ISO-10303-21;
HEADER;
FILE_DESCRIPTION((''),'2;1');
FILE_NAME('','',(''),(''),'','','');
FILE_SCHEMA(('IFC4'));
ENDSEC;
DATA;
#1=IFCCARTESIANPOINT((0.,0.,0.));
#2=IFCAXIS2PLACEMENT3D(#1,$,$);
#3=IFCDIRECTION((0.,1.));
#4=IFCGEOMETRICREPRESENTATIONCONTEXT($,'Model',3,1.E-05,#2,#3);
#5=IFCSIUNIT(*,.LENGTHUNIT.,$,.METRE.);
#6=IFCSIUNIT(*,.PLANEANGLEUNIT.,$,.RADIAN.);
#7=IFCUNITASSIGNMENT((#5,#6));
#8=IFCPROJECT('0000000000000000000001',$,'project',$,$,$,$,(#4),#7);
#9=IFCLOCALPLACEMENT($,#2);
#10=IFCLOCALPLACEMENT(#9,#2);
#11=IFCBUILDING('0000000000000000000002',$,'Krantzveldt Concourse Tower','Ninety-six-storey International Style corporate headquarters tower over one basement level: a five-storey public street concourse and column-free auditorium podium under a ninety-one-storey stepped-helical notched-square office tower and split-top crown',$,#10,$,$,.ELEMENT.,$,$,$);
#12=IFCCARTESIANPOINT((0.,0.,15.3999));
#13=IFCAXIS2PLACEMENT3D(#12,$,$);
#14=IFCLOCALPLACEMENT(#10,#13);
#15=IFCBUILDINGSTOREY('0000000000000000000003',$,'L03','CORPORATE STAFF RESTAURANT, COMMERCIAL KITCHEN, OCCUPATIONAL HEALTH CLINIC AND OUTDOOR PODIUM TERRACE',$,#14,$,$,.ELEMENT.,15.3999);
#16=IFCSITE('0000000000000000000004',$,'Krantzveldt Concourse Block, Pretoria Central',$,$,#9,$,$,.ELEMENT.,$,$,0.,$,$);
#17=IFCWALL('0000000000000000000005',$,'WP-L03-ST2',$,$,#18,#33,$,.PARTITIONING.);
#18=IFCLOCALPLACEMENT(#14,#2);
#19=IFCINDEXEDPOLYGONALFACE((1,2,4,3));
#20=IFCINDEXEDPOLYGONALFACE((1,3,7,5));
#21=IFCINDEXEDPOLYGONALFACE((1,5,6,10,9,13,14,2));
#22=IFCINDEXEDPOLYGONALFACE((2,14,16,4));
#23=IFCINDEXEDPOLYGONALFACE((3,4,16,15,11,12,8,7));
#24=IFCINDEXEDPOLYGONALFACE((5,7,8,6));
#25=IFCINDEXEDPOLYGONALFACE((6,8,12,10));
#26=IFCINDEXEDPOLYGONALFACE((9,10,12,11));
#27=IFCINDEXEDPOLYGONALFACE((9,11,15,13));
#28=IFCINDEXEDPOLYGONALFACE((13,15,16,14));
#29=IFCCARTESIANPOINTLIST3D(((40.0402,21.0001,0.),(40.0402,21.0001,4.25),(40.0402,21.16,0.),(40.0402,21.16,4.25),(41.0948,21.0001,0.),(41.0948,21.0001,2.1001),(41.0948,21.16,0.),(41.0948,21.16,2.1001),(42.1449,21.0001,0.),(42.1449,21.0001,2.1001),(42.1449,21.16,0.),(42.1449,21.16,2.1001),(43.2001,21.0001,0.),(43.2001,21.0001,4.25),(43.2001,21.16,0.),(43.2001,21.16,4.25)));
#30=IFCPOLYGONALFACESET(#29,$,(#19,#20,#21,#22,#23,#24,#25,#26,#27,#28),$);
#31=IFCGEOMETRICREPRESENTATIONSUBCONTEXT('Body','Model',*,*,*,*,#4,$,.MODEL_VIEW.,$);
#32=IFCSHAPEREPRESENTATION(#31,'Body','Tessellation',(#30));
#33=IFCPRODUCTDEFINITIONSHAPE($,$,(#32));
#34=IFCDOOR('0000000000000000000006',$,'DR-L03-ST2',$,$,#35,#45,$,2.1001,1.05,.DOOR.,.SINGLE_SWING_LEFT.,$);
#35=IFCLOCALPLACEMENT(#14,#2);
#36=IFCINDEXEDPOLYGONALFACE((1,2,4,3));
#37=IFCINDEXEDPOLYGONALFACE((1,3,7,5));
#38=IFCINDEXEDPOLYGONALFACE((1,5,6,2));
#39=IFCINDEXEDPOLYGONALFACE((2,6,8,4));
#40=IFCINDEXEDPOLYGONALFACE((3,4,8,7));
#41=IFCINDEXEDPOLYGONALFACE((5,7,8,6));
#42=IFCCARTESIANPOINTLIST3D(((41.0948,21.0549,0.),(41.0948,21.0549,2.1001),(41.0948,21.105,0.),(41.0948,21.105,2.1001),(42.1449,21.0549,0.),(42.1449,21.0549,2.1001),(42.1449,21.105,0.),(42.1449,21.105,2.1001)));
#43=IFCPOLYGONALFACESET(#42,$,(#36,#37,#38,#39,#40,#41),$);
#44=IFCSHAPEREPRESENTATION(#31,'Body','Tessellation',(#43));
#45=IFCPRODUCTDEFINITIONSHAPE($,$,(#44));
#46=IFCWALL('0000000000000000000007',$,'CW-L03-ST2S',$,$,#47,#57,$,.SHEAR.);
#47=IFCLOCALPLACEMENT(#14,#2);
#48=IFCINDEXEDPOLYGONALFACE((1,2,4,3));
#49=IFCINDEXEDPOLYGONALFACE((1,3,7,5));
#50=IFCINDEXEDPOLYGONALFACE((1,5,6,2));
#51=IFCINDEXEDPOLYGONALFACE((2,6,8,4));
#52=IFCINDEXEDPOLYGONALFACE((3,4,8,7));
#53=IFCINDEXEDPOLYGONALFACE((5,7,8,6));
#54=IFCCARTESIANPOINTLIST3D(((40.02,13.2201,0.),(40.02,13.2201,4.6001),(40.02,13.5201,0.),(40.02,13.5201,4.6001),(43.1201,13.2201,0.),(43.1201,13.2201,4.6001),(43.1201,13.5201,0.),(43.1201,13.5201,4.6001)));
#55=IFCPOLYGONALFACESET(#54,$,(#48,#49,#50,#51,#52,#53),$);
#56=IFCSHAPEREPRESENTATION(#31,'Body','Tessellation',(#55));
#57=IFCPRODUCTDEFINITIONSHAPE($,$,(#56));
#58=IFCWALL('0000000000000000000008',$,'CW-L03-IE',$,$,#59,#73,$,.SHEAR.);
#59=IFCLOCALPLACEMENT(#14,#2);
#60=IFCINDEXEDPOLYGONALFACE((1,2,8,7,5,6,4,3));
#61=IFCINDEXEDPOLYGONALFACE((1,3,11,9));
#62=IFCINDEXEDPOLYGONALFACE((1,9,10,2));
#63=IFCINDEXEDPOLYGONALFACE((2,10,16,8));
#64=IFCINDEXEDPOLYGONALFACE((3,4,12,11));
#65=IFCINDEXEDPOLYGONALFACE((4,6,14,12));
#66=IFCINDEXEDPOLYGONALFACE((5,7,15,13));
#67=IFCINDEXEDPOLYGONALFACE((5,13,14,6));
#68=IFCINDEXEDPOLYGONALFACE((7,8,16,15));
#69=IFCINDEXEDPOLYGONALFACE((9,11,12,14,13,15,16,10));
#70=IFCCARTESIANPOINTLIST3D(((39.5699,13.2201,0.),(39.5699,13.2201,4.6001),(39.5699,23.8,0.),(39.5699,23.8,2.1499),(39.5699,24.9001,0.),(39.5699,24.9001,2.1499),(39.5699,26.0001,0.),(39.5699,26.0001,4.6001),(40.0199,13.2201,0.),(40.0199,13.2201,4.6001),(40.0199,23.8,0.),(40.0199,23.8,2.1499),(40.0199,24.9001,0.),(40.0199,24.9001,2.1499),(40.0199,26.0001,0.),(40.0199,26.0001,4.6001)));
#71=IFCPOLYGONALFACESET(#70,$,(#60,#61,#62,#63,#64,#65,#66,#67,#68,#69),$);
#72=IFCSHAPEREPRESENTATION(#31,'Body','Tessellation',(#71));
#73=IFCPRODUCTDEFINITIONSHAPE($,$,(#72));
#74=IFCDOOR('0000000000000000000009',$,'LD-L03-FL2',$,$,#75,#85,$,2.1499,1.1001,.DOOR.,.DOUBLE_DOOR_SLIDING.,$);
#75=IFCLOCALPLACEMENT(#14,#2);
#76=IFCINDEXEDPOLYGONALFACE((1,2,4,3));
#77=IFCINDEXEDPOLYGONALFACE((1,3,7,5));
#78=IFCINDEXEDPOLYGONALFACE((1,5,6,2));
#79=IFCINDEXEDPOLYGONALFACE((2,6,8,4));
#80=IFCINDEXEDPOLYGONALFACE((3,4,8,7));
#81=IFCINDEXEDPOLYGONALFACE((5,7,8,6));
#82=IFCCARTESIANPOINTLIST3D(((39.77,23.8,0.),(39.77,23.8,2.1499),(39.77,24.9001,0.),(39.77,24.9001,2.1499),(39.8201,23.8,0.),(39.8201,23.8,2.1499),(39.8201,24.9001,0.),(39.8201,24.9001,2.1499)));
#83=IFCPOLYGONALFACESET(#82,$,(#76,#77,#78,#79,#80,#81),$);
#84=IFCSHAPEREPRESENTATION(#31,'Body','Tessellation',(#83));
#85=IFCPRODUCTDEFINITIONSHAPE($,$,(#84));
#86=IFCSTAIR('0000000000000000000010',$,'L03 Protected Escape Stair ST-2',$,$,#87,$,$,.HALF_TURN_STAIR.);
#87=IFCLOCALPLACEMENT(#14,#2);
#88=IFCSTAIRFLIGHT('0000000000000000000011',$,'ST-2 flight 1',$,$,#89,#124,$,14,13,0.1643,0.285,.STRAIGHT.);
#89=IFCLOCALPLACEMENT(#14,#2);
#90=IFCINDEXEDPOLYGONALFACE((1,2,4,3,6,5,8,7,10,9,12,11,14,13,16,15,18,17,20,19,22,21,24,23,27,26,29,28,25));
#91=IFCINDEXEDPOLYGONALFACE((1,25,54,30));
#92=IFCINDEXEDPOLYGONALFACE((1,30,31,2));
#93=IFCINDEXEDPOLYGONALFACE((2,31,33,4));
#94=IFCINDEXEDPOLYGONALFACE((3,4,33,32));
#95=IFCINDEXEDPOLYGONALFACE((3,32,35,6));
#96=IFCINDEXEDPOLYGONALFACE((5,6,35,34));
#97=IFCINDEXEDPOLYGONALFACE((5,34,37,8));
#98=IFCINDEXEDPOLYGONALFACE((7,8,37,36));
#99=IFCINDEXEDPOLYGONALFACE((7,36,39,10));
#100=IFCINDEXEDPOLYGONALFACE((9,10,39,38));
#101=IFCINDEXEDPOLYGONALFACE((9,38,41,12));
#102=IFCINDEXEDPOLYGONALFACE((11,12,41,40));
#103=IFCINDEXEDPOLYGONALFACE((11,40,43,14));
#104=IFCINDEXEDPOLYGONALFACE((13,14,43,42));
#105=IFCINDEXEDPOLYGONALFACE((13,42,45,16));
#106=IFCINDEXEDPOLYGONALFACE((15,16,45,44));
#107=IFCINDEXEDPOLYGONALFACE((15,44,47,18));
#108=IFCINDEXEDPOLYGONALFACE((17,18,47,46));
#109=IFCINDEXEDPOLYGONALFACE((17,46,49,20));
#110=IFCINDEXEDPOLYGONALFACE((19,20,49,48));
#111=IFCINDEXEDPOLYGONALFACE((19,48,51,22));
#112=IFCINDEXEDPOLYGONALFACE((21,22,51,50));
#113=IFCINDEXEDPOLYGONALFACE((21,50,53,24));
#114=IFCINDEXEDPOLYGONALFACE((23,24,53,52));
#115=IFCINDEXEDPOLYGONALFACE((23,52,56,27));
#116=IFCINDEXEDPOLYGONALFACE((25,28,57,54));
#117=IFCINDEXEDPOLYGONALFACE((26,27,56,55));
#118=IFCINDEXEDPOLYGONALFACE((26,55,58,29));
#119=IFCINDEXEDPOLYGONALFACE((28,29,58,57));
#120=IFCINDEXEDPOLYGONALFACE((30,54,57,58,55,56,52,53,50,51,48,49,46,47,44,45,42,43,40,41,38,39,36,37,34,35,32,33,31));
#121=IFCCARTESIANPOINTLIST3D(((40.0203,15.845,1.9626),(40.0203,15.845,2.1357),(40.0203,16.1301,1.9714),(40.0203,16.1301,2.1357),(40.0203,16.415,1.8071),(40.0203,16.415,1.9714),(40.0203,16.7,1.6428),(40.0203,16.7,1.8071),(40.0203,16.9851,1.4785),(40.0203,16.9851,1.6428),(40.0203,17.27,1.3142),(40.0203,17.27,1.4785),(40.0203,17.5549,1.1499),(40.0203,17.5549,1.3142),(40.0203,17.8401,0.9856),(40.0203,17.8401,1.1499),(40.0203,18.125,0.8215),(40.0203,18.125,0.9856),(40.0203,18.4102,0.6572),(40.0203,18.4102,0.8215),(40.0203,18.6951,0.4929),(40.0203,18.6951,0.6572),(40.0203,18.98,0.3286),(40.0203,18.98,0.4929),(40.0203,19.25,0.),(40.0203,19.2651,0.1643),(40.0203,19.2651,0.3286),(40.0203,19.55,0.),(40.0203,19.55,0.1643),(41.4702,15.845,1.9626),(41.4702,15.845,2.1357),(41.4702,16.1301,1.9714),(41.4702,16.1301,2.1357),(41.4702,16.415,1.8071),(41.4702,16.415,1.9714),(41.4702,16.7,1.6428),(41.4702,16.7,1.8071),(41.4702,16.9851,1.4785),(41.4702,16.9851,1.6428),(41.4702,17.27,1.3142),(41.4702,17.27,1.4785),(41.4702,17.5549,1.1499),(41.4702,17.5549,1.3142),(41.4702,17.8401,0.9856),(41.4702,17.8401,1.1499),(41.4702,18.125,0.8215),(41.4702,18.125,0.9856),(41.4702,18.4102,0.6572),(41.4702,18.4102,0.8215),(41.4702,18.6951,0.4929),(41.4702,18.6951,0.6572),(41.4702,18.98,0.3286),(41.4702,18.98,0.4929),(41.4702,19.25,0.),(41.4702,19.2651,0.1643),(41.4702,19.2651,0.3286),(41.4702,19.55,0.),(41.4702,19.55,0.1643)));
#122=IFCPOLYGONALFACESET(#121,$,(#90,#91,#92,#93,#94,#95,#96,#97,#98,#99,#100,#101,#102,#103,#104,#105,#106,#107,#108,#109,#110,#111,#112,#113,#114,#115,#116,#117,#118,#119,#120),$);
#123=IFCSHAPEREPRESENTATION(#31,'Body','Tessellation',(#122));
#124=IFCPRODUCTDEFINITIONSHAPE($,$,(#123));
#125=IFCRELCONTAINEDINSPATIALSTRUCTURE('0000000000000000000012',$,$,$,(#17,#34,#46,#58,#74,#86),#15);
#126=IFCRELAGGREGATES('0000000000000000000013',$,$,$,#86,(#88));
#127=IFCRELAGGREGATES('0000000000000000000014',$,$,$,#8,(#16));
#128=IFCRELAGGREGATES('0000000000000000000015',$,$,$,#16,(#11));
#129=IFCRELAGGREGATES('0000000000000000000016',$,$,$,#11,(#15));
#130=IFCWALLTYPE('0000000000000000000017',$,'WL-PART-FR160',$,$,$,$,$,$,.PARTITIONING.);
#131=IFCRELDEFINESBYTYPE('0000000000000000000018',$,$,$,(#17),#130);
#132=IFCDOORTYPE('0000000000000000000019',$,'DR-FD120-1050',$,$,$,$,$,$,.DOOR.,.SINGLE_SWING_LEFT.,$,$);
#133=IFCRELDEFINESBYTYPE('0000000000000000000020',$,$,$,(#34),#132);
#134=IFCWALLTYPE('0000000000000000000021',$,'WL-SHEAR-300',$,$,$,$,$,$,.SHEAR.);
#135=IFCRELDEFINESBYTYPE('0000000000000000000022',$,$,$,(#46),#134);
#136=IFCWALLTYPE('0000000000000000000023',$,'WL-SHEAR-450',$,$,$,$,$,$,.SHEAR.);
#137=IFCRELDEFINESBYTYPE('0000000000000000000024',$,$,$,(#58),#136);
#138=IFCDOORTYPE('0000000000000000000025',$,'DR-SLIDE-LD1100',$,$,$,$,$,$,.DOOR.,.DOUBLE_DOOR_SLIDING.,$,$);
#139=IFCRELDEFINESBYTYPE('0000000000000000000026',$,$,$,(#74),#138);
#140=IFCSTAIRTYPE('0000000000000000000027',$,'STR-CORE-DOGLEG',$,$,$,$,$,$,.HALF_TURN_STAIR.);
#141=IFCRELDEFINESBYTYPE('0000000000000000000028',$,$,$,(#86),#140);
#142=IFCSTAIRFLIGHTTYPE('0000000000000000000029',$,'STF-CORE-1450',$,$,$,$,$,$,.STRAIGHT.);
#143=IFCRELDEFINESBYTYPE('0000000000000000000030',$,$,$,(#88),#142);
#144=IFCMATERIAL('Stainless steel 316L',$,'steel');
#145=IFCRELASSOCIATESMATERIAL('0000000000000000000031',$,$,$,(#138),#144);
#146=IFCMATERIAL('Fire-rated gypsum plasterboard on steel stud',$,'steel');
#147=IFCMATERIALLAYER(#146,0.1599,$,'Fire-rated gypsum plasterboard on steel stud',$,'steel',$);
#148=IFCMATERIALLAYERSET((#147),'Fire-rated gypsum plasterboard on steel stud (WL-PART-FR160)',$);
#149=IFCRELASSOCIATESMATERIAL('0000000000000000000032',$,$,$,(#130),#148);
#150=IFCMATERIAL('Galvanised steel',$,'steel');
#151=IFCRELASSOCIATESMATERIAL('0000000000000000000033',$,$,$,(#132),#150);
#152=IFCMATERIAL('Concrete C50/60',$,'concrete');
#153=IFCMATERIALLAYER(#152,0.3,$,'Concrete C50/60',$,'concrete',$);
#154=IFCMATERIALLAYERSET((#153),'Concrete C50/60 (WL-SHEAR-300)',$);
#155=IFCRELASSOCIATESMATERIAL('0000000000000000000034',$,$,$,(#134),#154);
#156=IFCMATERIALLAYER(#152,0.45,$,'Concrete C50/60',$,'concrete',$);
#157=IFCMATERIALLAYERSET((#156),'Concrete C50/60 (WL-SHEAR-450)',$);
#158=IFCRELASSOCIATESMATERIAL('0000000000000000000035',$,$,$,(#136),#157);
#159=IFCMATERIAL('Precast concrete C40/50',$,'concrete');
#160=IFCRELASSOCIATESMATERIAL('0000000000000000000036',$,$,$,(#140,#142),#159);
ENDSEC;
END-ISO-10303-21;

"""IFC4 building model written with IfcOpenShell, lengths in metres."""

from ifc_helpers import new_model, si_unit, direction, frame, frame_2d, origin, place, context, subcontext, project, spatial, polyline, rectangle, outline, extrude, material, layer, layer_set, type_object, element, fill, aggregate, save


model = new_model("IFC4")

# Units and contexts
model_context = context("Model", 3, precision=1e-05, world=origin(), true_north=direction((0.0, 1.0)))
body_context = subcontext(model_context, "Body", "Model", "MODEL_VIEW")
ifc_project = project(units=[si_unit("LENGTHUNIT", "METRE"), si_unit("PLANEANGLEUNIT", "RADIAN")], contexts=[model_context])

# Site, building, storey
site_placement = place(None, origin())
site = spatial("IfcSite", under=ifc_project, at=site_placement, Name="Krantzveldt Concourse Block, Pretoria Central", CompositionType="ELEMENT", RefElevation=0.0)
building_placement = place(site_placement, origin())
building = spatial("IfcBuilding", under=site, at=building_placement, Name="Krantzveldt Concourse Tower", Description="Ninety-six-storey International Style corporate headquarters tower over one basement level: a five-storey public street concourse and column-free auditorium podium under a ninety-one-storey stepped-helical notched-square office tower and split-top crown", CompositionType="ELEMENT")
storey_placement = place(building_placement, frame((0.0, 0.0, 15.3999)))
storey = spatial("IfcBuildingStorey", under=building, at=storey_placement, Name="L03", Description="CORPORATE STAFF RESTAURANT, COMMERCIAL KITCHEN, OCCUPATIONAL HEALTH CLINIC AND OUTDOOR PODIUM TERRACE", CompositionType="ELEMENT", Elevation=15.3999)

# Shared definitions
ifc_material_1 = material(Name="Fire-rated gypsum plasterboard on steel stud", Category="steel")
ifc_material_2 = material(Name="Stainless steel 316L", Category="steel")
door_type_1 = type_object("IfcDoorType", Name="DR-SLIDE-LD1100", OperationType="DOUBLE_DOOR_SLIDING", PredefinedType="DOOR", material=ifc_material_2)

# Wall, opening, door
ifc_layer_1 = layer(ifc_material_1, 0.1599, Name="Fire-rated gypsum plasterboard on steel stud", Category="steel")
ifc_layer_set_1 = layer_set([ifc_layer_1], Name="Fire-rated gypsum plasterboard on steel stud (WL-PART-FR160)")
wall_type_1 = type_object("IfcWallType", Name="WL-PART-FR160", PredefinedType="PARTITIONING", material=ifc_layer_set_1)
wall_1_placement = place(storey_placement, frame((40.04, 21.0801, 0.0), z_axis=(0.0, 0.0, 1.0), x_axis=(1.0, 0.0, 0.0)))
wall_1 = element("IfcWall", 1, at=wall_1_placement, inside=storey, type_object=wall_type_1, Name="WP-L03-ST2", PredefinedType="PARTITIONING", context=body_context, shape_type="SweptSolid", body=[
    extrude(rectangle(XDim=3.1599, YDim=0.1599, at=frame_2d((1.5801, 0.0))), origin(), (0.0, 0.0, 1.0), 4.25),
])
opening_1_placement = place(wall_1_placement, frame((1.0549, 0.0, 0.0)))
opening_1 = element("IfcOpeningElement", 2, at=opening_1_placement, cuts=wall_1, PredefinedType="OPENING", context=body_context, shape_type="SweptSolid", body=[
    extrude(rectangle(XDim=1.05, YDim=2.1001, at=frame_2d((0.5249, 1.05))), frame((0.0, 0.0898, 0.0), z_axis=(0.0, -1.0, 0.0), x_axis=(1.0, 0.0, 0.0)), (0.0, 0.0, 1.0), 0.1799),
])
ifc_material_3 = material(Name="Galvanised steel", Category="steel")
door_type_2 = type_object("IfcDoorType", Name="DR-FD120-1050", OperationType="SINGLE_SWING_LEFT", PredefinedType="DOOR", material=ifc_material_3)
door_1_placement = place(opening_1_placement, origin())
door_1 = element("IfcDoor", 3, at=door_1_placement, inside=storey, type_object=door_type_2, Name="DR-L03-ST2", OperationType="SINGLE_SWING_LEFT", OverallHeight=2.1001, OverallWidth=1.05, PredefinedType="DOOR", context=body_context, shape_type="SweptSolid", body=[
    extrude(rectangle(XDim=1.05, YDim=2.1001, at=frame_2d((0.5249, 1.05))), frame((0.0, 0.0249, 0.0), z_axis=(0.0, -1.0, 0.0), x_axis=(1.0, 0.0, 0.0)), (0.0, 0.0, 1.0), 0.05),
])
fill(opening_1, door_1)

# Wall
ifc_material_4 = material(Name="Concrete C50/60", Category="concrete")
ifc_layer_2 = layer(ifc_material_4, 0.3, Name="Concrete C50/60", Category="concrete")
ifc_layer_set_2 = layer_set([ifc_layer_2], Name="Concrete C50/60 (WL-SHEAR-300)")
wall_type_2 = type_object("IfcWallType", Name="WL-SHEAR-300", PredefinedType="SHEAR", material=ifc_layer_set_2)
wall_2_placement = place(storey_placement, frame((40.02, 13.3701, 0.0), z_axis=(0.0, 0.0, 1.0), x_axis=(1.0, 0.0, 0.0)))
element("IfcWall", 4, at=wall_2_placement, inside=storey, type_object=wall_type_2, Name="CW-L03-ST2S", PredefinedType="SHEAR", context=body_context, shape_type="SweptSolid", body=[
    extrude(rectangle(XDim=3.1001, YDim=0.3, at=frame_2d((1.55, 0.0))), origin(), (0.0, 0.0, 1.0), 4.6001),
])

# Wall, opening, door
ifc_layer_3 = layer(ifc_material_4, 0.45, Name="Concrete C50/60", Category="concrete")
ifc_layer_set_3 = layer_set([ifc_layer_3], Name="Concrete C50/60 (WL-SHEAR-450)")
wall_type_3 = type_object("IfcWallType", Name="WL-SHEAR-450", PredefinedType="SHEAR", material=ifc_layer_set_3)
wall_3_placement = place(storey_placement, frame((39.7949, 13.22, 0.0), z_axis=(0.0, 0.0, 1.0), x_axis=(0.0, 1.0, 0.0)))
wall_3 = element("IfcWall", 5, at=wall_3_placement, inside=storey, type_object=wall_type_3, Name="CW-L03-IE", PredefinedType="SHEAR", context=body_context, shape_type="SweptSolid", body=[
    extrude(rectangle(XDim=12.78, YDim=0.45, at=frame_2d((6.3901, 0.0))), origin(), (0.0, 0.0, 1.0), 4.6001),
])
opening_2_placement = place(wall_3_placement, frame((10.5801, 0.0, 0.0)))
opening_2 = element("IfcOpeningElement", 6, at=opening_2_placement, cuts=wall_3, PredefinedType="OPENING", context=body_context, shape_type="SweptSolid", body=[
    extrude(rectangle(XDim=1.1001, YDim=2.1499, at=frame_2d((0.55, 1.075))), frame((0.0, 0.2349, 0.0), z_axis=(0.0, -1.0, 0.0), x_axis=(1.0, 0.0, 0.0)), (0.0, 0.0, 1.0), 0.47),
])
door_2_placement = place(opening_2_placement, origin())
door_2 = element("IfcDoor", 7, at=door_2_placement, inside=storey, type_object=door_type_1, Name="LD-L03-FL2", OperationType="DOUBLE_DOOR_SLIDING", OverallHeight=2.1499, OverallWidth=1.1001, PredefinedType="DOOR", context=body_context, shape_type="SweptSolid", body=[
    extrude(rectangle(XDim=1.1001, YDim=2.1499, at=frame_2d((0.55, 1.075))), frame((0.0, 0.0249, 0.0), z_axis=(0.0, -1.0, 0.0), x_axis=(1.0, 0.0, 0.0)), (0.0, 0.0, 1.0), 0.05),
])
fill(opening_2, door_2)

# Stair, stair flight
ifc_material_5 = material(Name="Precast concrete C40/50", Category="concrete")
stair_type = type_object("IfcStairType", Name="STR-CORE-DOGLEG", PredefinedType="HALF_TURN_STAIR", material=ifc_material_5)
stair_placement = place(storey_placement, origin())
stair = element("IfcStair", 8, at=stair_placement, inside=storey, type_object=stair_type, Name="L03 Protected Escape Stair ST-2", PredefinedType="HALF_TURN_STAIR")
stair_flight_type = type_object("IfcStairFlightType", Name="STF-CORE-1450", PredefinedType="STRAIGHT", material=ifc_material_5)
stair_flight_placement = place(storey_placement, frame((40.7451, 19.55, 0.0), z_axis=(0.0, 0.0, 1.0), x_axis=(0.0, -1.0, 0.0)))
stair_flight = element("IfcStairFlight", 9, at=stair_flight_placement, type_object=stair_flight_type, Name="ST-2 flight 1", NumberOfRisers=14, NumberOfTreads=13, PredefinedType="STRAIGHT", RiserHeight=0.1643, TreadLength=0.285, context=body_context, shape_type="SweptSolid", body=[
    extrude(outline(polyline([(0.0, 0.0), (0.0, 0.1643), (0.2849, 0.1643), (0.2849, 0.3286), (0.5701, 0.3286), (0.5701, 0.4929), (0.855, 0.4929), (0.855, 0.6572), (1.1399, 0.6572), (1.1399, 0.8215), (1.425, 0.8215), (1.425, 0.9856), (1.71, 0.9856), (1.71, 1.1499), (1.9951, 1.1499), (1.9951, 1.3142), (2.28, 1.3142), (2.28, 1.4785), (2.5649, 1.4785), (2.5649, 1.6428), (2.8501, 1.6428), (2.8501, 1.8071), (3.135, 1.8071), (3.135, 1.9714), (3.4199, 1.9714), (3.4199, 2.1357), (3.7051, 2.1357), (3.7051, 2.3), (3.7051, 1.9626), (0.3, 0.0), (0.0, 0.0)])), frame((0.0, 0.7251, 0.0), z_axis=(0.0, -1.0, 0.0), x_axis=(1.0, 0.0, 0.0)), (0.0, 0.0, 1.0), 1.45),
])
aggregate(stair, [stair_flight])

save(model, "model.ifc")
